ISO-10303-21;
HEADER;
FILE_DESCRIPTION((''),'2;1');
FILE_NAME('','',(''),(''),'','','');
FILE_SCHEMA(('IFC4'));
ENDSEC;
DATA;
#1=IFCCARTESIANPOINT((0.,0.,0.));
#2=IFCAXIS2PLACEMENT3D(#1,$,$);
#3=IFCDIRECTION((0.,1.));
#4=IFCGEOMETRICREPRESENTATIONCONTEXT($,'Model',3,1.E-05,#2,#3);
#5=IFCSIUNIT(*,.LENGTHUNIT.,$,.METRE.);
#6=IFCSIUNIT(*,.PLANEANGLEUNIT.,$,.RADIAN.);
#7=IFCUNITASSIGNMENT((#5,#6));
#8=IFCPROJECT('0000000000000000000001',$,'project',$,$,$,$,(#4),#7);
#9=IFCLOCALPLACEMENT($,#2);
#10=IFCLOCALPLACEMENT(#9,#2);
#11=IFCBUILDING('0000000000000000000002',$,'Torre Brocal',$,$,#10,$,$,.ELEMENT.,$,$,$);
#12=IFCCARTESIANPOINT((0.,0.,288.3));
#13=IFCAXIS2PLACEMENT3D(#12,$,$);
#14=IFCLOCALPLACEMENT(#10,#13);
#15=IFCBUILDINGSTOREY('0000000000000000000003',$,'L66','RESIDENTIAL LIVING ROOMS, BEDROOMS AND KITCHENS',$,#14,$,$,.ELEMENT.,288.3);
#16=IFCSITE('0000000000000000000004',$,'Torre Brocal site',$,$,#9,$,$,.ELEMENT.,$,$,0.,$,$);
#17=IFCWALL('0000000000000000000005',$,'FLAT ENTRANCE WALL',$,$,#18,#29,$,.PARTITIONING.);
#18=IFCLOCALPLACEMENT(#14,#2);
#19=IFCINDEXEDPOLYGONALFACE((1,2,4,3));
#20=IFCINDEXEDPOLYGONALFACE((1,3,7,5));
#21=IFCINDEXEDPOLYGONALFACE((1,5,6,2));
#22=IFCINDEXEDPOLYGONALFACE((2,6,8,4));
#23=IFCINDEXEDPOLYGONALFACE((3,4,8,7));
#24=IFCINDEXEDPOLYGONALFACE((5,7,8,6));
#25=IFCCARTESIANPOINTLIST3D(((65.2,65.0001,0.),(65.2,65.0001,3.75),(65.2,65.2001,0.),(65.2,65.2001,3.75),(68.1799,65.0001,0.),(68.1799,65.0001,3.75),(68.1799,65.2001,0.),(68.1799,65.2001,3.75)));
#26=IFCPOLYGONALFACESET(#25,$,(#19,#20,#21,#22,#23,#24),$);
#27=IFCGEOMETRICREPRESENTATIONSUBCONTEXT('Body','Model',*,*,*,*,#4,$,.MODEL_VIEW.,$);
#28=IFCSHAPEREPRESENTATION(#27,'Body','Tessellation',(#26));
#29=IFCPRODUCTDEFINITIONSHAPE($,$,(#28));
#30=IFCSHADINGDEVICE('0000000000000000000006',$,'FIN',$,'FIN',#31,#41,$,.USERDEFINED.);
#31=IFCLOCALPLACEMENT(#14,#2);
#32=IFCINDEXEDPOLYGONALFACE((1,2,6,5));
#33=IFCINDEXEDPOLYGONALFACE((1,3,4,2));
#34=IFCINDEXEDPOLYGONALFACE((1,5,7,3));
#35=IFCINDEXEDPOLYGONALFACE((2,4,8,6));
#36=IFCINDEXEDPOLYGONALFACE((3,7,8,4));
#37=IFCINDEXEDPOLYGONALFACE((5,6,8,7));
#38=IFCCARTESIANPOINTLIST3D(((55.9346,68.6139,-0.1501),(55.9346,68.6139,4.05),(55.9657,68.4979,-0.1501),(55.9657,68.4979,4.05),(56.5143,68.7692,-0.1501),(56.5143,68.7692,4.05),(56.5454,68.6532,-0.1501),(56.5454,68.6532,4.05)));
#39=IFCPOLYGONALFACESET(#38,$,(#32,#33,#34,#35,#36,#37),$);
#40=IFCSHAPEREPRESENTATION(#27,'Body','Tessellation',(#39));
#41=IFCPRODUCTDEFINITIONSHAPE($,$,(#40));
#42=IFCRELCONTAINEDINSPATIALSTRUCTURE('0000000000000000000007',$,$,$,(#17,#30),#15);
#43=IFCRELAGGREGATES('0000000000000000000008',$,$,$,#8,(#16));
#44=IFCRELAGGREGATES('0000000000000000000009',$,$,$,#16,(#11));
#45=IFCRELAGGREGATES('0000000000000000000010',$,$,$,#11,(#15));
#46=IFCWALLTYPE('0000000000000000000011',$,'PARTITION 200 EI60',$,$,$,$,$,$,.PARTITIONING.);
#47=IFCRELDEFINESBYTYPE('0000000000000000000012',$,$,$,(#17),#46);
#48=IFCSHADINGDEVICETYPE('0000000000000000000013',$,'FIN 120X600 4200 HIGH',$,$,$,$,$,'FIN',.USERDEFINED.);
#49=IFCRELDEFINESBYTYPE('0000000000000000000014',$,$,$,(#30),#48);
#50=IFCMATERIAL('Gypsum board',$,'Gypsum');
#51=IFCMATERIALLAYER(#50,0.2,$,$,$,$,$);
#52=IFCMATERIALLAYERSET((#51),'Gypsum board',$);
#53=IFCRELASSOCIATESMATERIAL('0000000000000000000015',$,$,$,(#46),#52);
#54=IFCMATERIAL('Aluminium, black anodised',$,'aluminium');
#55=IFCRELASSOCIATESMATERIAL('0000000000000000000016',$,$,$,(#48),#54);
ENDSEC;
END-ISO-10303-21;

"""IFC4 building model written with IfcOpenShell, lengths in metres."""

from ifc_helpers import new_model, si_unit, direction, frame, frame_2d, origin, origin_2d, place, context, subcontext, project, spatial, rectangle, extrude, material, layer, layer_set, material_profile, profile_set, type_object, element, save


model = new_model("IFC4")

# Units and contexts
model_context = context("Model", 3, precision=1e-05, world=origin(), true_north=direction((0.0, 1.0)))
body_context = subcontext(model_context, "Body", "Model", "MODEL_VIEW")
ifc_project = project(units=[si_unit("LENGTHUNIT", "METRE"), si_unit("PLANEANGLEUNIT", "RADIAN")], contexts=[model_context])

# Site, building, storey
site_placement = place(None, origin())
site = spatial("IfcSite", under=ifc_project, at=site_placement, Name="Torre Brocal site", CompositionType="ELEMENT", RefElevation=0.0)
building_placement = place(site_placement, origin())
building = spatial("IfcBuilding", under=site, at=building_placement, Name="Torre Brocal", CompositionType="ELEMENT")
storey_placement = place(building_placement, frame((0.0, 0.0, 288.3)))
storey = spatial("IfcBuildingStorey", under=building, at=storey_placement, Name="L66", Description="RESIDENTIAL LIVING ROOMS, BEDROOMS AND KITCHENS", CompositionType="ELEMENT", Elevation=288.3)

# Wall
ifc_material_1 = material(Name="Gypsum board", Category="Gypsum")
ifc_layer_1 = layer(ifc_material_1, 0.2)
ifc_layer_set_1 = layer_set([ifc_layer_1], Name="Gypsum board")
wall_type_1 = type_object("IfcWallType", Name="PARTITION 200 EI60", PredefinedType="PARTITIONING", material=ifc_layer_set_1)
wall_1_placement = place(storey_placement, frame((65.2, 65.1001, 0.0), z_axis=(0.0, 0.0, 1.0), x_axis=(1.0, 0.0, 0.0)))
element("IfcWall", 1, at=wall_1_placement, inside=storey, type_object=wall_type_1, Name="FLAT ENTRANCE WALL", PredefinedType="PARTITIONING", context=body_context, shape_type="SweptSolid", body=[
    extrude(rectangle(XDim=2.98, YDim=0.2, at=frame_2d((1.49, 0.0))), origin(), (0.0, 0.0, 1.0), 3.75),
])

# Shading device
ifc_material_2 = material(Name="Aluminium, black anodised", Category="aluminium")
ifc_material_profile_1 = material_profile(ifc_material_2, rectangle(XDim=0.1201, YDim=0.6001, at=origin_2d()), Name="FIN 120X600 4200 HIGH")
ifc_profile_set_1 = profile_set([ifc_material_profile_1], Name="Aluminium, black anodised")
shading_device_type = type_object("IfcShadingDeviceType", Name="FIN 120X600 4200 HIGH", ElementType="FIN", PredefinedType="USERDEFINED", material=ifc_profile_set_1)
shading_device_placement = place(storey_placement, frame((56.24, 68.6335, -0.1501), z_axis=(0.0, 0.0, 1.0), x_axis=(0.258819, -0.965926, 0.0)))
element("IfcShadingDevice", 2, at=shading_device_placement, inside=storey, type_object=shading_device_type, Name="FIN", ObjectType="FIN", PredefinedType="USERDEFINED", context=body_context, shape_type="SweptSolid", body=[
    extrude(rectangle(XDim=0.1201, YDim=0.6001, at=origin_2d()), origin(), (0.0, 0.0, 1.0), 4.2002),
])

save(model, "model.ifc")
